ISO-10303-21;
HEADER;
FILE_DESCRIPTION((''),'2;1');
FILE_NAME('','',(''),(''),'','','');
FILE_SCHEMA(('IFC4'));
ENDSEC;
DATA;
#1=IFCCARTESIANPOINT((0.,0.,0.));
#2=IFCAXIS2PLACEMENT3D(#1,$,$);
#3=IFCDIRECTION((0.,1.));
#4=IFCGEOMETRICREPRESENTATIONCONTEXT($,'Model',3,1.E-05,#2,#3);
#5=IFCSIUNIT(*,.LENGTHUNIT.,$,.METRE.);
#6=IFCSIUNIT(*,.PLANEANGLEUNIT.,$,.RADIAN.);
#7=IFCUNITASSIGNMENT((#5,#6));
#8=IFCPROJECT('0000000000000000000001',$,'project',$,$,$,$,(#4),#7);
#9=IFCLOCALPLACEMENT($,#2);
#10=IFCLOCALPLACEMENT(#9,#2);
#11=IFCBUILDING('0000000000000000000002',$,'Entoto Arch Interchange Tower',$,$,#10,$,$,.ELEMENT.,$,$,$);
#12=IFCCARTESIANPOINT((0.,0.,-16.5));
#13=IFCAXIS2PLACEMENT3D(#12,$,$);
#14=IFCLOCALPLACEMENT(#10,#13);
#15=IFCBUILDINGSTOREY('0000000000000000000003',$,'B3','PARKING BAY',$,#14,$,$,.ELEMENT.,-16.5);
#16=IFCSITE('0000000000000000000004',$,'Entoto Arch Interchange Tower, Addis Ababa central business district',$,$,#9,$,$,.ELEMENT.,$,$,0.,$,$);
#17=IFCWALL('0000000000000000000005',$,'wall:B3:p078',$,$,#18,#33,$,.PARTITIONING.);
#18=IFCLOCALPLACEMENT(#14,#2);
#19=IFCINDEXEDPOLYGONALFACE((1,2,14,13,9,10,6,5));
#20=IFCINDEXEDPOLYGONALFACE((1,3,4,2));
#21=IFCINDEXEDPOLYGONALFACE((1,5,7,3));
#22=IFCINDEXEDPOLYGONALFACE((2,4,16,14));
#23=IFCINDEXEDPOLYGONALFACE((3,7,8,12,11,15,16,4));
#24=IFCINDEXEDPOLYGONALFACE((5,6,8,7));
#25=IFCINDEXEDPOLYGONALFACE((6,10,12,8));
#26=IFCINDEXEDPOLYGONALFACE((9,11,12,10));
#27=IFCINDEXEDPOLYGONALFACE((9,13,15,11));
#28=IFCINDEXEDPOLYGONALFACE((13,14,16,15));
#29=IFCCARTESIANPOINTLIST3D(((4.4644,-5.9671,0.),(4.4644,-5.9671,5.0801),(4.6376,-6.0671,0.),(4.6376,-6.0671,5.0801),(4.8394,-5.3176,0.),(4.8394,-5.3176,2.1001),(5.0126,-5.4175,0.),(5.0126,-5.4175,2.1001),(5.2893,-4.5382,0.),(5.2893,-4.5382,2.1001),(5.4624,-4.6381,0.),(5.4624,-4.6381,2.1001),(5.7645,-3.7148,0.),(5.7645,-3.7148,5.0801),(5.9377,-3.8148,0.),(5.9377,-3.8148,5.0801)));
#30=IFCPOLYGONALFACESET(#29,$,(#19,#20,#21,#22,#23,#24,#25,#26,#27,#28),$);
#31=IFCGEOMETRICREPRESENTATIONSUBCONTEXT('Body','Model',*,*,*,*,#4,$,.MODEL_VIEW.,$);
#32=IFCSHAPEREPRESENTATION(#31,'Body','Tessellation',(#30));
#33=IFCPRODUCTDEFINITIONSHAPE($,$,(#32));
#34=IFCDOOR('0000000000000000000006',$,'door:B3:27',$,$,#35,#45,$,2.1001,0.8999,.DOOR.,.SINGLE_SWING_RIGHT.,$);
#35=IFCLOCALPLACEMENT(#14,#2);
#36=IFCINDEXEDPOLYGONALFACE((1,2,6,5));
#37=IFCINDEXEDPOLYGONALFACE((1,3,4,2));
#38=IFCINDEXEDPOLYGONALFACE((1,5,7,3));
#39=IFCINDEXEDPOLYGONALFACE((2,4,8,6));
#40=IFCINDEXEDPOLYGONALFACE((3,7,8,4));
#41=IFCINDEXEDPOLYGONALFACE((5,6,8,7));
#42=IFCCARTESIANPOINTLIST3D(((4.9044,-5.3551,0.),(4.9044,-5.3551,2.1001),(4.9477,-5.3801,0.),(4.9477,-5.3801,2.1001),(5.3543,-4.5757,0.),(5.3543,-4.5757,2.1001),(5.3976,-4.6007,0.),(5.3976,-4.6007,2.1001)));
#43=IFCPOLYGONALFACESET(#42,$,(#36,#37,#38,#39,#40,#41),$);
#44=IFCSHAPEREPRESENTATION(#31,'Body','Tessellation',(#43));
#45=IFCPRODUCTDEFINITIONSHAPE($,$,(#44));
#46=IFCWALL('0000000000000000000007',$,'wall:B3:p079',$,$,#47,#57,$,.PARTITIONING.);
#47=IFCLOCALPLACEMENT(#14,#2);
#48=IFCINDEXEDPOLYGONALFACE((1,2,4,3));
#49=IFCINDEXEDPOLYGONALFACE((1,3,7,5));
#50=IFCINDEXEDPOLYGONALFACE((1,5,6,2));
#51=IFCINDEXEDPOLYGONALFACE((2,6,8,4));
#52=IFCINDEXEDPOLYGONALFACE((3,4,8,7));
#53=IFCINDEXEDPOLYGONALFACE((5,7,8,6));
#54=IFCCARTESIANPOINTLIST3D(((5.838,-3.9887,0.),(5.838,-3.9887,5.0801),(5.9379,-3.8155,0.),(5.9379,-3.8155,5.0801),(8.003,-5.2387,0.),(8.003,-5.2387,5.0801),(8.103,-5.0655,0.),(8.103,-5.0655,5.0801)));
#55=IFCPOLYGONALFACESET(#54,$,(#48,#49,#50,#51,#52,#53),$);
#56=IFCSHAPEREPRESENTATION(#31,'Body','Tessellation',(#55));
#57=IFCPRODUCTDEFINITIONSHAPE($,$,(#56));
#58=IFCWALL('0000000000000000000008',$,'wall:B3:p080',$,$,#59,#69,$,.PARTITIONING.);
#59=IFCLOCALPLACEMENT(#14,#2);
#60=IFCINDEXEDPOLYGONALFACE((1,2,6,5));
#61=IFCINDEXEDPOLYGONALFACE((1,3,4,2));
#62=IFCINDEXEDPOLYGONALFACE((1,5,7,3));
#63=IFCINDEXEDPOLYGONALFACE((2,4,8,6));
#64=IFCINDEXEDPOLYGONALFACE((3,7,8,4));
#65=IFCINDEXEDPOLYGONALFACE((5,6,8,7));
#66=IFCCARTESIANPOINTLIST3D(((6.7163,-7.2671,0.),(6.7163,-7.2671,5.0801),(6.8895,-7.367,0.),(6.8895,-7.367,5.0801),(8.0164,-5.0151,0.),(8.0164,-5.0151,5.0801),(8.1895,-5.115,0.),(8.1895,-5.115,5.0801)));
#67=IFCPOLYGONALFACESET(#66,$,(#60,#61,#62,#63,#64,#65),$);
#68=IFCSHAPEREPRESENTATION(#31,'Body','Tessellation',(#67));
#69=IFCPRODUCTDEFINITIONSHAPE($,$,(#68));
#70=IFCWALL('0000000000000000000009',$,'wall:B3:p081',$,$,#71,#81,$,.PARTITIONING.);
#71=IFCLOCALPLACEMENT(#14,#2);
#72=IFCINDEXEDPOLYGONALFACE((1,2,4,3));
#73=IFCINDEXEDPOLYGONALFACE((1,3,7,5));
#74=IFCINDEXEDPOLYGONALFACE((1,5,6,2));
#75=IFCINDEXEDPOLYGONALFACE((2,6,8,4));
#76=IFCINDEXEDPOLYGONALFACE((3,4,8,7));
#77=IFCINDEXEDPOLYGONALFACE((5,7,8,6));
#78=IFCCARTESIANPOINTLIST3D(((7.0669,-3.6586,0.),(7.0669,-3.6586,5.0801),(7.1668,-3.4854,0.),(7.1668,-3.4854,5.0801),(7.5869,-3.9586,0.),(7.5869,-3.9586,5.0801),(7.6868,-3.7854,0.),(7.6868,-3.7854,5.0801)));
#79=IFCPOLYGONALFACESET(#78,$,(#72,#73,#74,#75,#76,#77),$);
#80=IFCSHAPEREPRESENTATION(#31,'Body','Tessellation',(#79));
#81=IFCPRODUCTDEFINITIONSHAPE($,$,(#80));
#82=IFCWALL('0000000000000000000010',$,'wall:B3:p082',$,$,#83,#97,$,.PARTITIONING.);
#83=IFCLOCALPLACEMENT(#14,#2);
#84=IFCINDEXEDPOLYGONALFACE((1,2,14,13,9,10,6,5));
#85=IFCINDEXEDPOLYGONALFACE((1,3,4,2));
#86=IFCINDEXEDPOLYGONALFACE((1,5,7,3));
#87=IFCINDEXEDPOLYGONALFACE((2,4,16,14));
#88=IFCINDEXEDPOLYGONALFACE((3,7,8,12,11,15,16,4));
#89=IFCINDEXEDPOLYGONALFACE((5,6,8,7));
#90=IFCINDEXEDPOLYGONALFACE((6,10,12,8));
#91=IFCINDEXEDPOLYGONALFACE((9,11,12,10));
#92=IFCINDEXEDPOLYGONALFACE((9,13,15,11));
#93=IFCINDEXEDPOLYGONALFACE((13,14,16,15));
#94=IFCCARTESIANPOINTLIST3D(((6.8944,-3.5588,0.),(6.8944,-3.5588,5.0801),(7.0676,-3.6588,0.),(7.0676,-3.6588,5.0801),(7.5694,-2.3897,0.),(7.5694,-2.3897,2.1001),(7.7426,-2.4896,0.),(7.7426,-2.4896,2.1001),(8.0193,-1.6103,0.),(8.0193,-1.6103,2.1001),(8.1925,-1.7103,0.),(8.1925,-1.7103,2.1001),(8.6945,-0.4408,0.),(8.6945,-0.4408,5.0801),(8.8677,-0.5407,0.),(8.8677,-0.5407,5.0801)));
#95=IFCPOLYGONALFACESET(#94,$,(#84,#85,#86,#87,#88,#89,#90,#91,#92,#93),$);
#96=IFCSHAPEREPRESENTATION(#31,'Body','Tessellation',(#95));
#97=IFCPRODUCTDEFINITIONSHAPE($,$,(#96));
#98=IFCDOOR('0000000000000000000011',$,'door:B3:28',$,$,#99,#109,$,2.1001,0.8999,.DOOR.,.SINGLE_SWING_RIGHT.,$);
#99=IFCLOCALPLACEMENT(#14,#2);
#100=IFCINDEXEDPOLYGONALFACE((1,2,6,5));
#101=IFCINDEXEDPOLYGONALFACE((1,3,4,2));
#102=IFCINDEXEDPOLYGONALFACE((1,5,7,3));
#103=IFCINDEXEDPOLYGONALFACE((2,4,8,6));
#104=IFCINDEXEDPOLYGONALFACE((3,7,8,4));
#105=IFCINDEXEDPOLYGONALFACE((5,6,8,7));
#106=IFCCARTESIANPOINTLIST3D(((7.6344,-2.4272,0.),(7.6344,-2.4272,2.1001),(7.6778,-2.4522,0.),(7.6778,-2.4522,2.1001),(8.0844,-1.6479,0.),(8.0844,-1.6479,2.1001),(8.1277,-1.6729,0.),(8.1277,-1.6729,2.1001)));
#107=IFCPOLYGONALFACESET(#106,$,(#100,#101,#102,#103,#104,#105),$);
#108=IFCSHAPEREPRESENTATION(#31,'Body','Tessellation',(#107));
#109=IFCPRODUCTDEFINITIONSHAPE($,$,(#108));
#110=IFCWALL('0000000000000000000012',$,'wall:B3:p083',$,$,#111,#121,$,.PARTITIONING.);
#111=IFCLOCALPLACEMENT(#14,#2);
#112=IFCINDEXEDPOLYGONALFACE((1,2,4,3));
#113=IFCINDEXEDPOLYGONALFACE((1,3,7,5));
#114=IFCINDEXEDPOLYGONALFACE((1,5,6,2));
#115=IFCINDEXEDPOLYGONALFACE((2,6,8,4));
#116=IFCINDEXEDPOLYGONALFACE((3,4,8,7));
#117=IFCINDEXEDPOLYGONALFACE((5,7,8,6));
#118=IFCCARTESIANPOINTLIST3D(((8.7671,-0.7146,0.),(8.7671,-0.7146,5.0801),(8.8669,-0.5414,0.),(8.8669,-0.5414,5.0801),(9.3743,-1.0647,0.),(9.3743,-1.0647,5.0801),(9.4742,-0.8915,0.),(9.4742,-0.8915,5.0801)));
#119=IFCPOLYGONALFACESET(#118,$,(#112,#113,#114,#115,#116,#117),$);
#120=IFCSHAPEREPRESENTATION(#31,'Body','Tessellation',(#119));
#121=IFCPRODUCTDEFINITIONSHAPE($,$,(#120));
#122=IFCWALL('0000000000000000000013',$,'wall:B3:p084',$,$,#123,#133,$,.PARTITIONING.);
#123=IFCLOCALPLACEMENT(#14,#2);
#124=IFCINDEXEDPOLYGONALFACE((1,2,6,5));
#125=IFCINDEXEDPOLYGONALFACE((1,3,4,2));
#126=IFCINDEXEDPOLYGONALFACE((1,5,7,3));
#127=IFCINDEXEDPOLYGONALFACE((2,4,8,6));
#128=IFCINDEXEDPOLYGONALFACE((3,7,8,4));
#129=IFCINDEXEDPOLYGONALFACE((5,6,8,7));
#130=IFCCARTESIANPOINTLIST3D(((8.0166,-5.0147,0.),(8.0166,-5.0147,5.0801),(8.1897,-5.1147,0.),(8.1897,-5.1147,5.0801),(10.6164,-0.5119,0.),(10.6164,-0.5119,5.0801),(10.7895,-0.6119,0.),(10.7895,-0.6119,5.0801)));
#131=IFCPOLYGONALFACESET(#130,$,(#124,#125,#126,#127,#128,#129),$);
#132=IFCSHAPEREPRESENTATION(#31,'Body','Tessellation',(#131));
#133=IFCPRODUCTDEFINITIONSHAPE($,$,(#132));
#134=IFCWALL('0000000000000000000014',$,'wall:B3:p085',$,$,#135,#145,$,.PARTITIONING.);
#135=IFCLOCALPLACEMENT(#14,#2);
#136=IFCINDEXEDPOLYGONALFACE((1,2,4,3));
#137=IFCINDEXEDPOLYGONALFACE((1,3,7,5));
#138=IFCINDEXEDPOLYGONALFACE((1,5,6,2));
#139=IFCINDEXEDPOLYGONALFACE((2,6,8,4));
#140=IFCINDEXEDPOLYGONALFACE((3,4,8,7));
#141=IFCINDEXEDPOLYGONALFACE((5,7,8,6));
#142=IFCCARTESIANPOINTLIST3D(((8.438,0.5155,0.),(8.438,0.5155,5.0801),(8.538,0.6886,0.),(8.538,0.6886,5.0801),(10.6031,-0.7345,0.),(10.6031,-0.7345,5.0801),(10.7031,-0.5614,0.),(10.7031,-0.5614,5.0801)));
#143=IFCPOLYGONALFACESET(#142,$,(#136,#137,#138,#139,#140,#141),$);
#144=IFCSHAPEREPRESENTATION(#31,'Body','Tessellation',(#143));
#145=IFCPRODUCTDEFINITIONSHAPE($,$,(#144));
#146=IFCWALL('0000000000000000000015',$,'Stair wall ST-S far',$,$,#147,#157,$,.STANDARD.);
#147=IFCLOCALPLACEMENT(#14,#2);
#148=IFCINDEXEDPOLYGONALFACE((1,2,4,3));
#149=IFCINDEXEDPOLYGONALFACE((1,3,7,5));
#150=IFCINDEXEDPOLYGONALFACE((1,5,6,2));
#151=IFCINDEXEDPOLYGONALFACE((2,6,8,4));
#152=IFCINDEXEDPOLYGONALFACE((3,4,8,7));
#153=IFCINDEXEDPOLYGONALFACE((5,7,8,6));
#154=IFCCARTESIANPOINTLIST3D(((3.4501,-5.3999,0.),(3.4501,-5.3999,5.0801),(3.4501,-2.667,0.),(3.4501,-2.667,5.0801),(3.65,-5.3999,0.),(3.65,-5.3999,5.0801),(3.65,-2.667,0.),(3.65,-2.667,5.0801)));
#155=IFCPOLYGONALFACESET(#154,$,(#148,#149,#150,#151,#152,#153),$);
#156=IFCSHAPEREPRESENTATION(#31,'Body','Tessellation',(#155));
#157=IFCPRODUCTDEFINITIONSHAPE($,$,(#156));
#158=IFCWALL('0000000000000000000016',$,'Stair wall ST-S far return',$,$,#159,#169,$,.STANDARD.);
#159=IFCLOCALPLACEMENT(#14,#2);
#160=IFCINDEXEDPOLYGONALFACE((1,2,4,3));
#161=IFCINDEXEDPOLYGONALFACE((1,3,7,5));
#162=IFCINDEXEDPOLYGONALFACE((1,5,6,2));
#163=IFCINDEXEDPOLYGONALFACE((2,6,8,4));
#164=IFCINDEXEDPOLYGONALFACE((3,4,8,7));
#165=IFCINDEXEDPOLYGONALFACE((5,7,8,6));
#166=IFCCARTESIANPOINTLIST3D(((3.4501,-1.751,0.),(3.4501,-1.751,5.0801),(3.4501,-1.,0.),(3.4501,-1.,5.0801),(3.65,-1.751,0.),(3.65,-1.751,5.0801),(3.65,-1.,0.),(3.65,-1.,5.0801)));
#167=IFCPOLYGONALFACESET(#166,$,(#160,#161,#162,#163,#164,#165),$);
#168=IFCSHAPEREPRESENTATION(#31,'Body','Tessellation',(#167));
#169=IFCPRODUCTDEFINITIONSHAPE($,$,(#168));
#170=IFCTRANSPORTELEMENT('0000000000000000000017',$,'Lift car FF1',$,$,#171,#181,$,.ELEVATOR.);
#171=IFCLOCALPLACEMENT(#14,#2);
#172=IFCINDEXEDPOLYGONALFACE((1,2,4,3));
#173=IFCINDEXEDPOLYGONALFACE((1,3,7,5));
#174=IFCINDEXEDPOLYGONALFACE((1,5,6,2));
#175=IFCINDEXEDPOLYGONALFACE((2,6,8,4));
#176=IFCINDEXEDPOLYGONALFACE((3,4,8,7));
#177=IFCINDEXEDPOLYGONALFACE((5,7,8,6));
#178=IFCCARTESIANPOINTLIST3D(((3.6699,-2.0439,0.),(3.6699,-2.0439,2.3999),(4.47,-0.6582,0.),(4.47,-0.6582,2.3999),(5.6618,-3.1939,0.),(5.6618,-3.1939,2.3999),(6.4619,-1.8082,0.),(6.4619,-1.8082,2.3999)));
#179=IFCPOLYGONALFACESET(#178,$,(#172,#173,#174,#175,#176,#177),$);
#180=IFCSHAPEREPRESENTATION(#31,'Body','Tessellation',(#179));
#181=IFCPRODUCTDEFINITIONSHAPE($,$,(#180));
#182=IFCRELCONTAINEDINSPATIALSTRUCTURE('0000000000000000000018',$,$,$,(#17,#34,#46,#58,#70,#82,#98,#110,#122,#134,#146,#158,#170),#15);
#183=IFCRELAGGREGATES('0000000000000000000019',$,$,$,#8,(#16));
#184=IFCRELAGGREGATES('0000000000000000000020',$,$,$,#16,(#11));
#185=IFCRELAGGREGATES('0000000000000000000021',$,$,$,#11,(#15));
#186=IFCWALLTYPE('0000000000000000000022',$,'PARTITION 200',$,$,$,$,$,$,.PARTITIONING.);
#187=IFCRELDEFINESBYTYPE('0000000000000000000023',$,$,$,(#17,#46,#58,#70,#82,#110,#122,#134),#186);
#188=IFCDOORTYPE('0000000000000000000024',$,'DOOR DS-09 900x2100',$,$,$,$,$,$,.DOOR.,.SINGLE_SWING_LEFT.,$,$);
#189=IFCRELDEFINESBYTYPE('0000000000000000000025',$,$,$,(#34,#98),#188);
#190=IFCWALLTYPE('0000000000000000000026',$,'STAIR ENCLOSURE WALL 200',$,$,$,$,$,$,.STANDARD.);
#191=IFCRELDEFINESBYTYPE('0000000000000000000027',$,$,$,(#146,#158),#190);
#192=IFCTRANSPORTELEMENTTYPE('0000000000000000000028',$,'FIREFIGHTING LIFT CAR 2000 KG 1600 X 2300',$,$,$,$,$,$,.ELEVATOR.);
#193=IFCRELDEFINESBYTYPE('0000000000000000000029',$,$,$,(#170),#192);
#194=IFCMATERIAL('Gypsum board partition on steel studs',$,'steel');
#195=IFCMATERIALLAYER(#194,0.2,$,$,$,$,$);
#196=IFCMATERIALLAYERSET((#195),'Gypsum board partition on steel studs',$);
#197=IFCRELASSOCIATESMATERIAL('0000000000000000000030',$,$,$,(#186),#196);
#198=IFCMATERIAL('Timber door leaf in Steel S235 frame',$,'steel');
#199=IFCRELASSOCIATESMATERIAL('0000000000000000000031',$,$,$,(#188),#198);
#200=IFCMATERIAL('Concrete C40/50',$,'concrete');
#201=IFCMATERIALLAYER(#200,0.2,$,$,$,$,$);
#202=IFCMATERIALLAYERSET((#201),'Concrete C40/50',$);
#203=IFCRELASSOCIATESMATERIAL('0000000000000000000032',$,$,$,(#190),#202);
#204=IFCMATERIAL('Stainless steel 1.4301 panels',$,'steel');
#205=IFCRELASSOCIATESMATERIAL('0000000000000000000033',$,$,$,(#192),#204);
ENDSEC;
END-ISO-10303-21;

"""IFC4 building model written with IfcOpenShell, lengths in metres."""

from ifc_helpers import new_model, si_unit, direction, frame, frame_2d, origin, origin_2d, place, context, subcontext, project, spatial, rectangle, extrude, material, layer, layer_set, type_object, element, fill, save


model = new_model("IFC4")

# Units and contexts
model_context = context("Model", 3, precision=1e-05, world=origin(), true_north=direction((0.0, 1.0)))
body_context = subcontext(model_context, "Body", "Model", "MODEL_VIEW")
ifc_project = project(units=[si_unit("LENGTHUNIT", "METRE"), si_unit("PLANEANGLEUNIT", "RADIAN")], contexts=[model_context])

# Site, building, storey
site_placement = place(None, origin())
site = spatial("IfcSite", under=ifc_project, at=site_placement, Name="Entoto Arch Interchange Tower, Addis Ababa central business district", CompositionType="ELEMENT", RefElevation=0.0)
building_placement = place(site_placement, origin())
building = spatial("IfcBuilding", under=site, at=building_placement, Name="Entoto Arch Interchange Tower", CompositionType="ELEMENT")
storey_placement = place(building_placement, frame((0.0, 0.0, -16.5)))
storey = spatial("IfcBuildingStorey", under=building, at=storey_placement, Name="B3", Description="PARKING BAY", CompositionType="ELEMENT", Elevation=-16.5)

# Shared definitions
ifc_material_1 = material(Name="Concrete C40/50", Category="concrete")
ifc_material_2 = material(Name="Stainless steel 1.4301 panels", Category="steel")

# Wall, opening, door
ifc_material_3 = material(Name="Gypsum board partition on steel studs", Category="steel")
ifc_layer_1 = layer(ifc_material_3, 0.2)
ifc_layer_set_1 = layer_set([ifc_layer_1], Name="Gypsum board partition on steel studs")
wall_type_1 = type_object("IfcWallType", Name="PARTITION 200", PredefinedType="PARTITIONING", material=ifc_layer_set_1)
ifc_material_4 = material(Name="Timber door leaf in Steel S235 frame", Category="steel")
wall_1_placement = place(storey_placement, frame((4.551, -6.0171, 0.0), z_axis=(0.0, 0.0, 1.0), x_axis=(0.499926, 0.866068, 0.0)))
wall_1 = element("IfcWall", 1, at=wall_1_placement, inside=storey, type_object=wall_type_1, Name="wall:B3:p078", PredefinedType="PARTITIONING", context=body_context, shape_type="SweptSolid", body=[
    extrude(rectangle(XDim=2.6006, YDim=0.2, at=frame_2d((1.3003, 0.0))), origin(), (0.0, 0.0, 1.0), 5.0801),
])
opening_1_placement = place(wall_1_placement, frame((0.75, 0.0, 0.0)))
opening_1 = element("IfcOpeningElement", 2, at=opening_1_placement, cuts=wall_1, PredefinedType="OPENING", context=body_context, shape_type="SweptSolid", body=[
    extrude(rectangle(XDim=0.8999, YDim=2.1001, at=frame_2d((0.45, 1.05))), frame((0.0, 0.1099, 0.0), z_axis=(0.0, -1.0, 0.0), x_axis=(1.0, 0.0, 0.0)), (0.0, 0.0, 1.0), 0.22),
])
door_type_1 = type_object("IfcDoorType", Name="DOOR DS-09 900x2100", OperationType="SINGLE_SWING_LEFT", PredefinedType="DOOR", material=ifc_material_4)
door_1_placement = place(opening_1_placement, origin())
door_1 = element("IfcDoor", 3, at=door_1_placement, inside=storey, type_object=door_type_1, Name="door:B3:27", OperationType="SINGLE_SWING_RIGHT", OverallHeight=2.1001, OverallWidth=0.8999, PredefinedType="DOOR", context=body_context, shape_type="SweptSolid", body=[
    extrude(rectangle(XDim=0.8999, YDim=2.1001, at=frame_2d((0.45, 1.05))), frame((0.0, 0.0249, 0.0), z_axis=(0.0, -1.0, 0.0), x_axis=(1.0, 0.0, 0.0)), (0.0, 0.0, 1.0), 0.05),
])
fill(opening_1, door_1)

# Walls
wall_2_placement = place(storey_placement, frame((5.8879, -3.9021, 0.0), z_axis=(0.0, 0.0, 1.0), x_axis=(0.866023, -0.500004, 0.0)))
element("IfcWall", 4, at=wall_2_placement, inside=storey, type_object=wall_type_1, Name="wall:B3:p079", PredefinedType="PARTITIONING", context=body_context, shape_type="SweptSolid", body=[
    extrude(rectangle(XDim=2.5, YDim=0.2, at=frame_2d((1.25, 0.0))), origin(), (0.0, 0.0, 1.0), 5.0801),
])
wall_3_placement = place(storey_placement, frame((8.103, -5.0649, 0.0), z_axis=(0.0, 0.0, 1.0), x_axis=(-0.499966, -0.866045, 0.0)))
element("IfcWall", 5, at=wall_3_placement, inside=storey, type_object=wall_type_1, Name="wall:B3:p080", PredefinedType="PARTITIONING", context=body_context, shape_type="SweptSolid", body=[
    extrude(rectangle(XDim=2.6003, YDim=0.2, at=frame_2d((1.3003, 0.0))), origin(), (0.0, 0.0, 1.0), 5.0801),
])
wall_4_placement = place(storey_placement, frame((7.637, -3.8721, 0.0), z_axis=(0.0, 0.0, 1.0), x_axis=(-0.866159, 0.499769, 0.0)))
element("IfcWall", 6, at=wall_4_placement, inside=storey, type_object=wall_type_1, Name="wall:B3:p081", PredefinedType="PARTITIONING", context=body_context, shape_type="SweptSolid", body=[
    extrude(rectangle(XDim=0.6003, YDim=0.2, at=frame_2d((0.3003, 0.0))), origin(), (0.0, 0.0, 1.0), 5.0801),
])

# Wall, opening, door
wall_5_placement = place(storey_placement, frame((6.981, -3.6089, 0.0), z_axis=(0.0, 0.0, 1.0), x_axis=(0.499983, 0.866035, 0.0)))
wall_5 = element("IfcWall", 7, at=wall_5_placement, inside=storey, type_object=wall_type_1, Name="wall:B3:p082", PredefinedType="PARTITIONING", context=body_context, shape_type="SweptSolid", body=[
    extrude(rectangle(XDim=3.6003, YDim=0.2, at=frame_2d((1.8003, 0.0))), origin(), (0.0, 0.0, 1.0), 5.0801),
])
opening_2_placement = place(wall_5_placement, frame((1.3501, 0.0, 0.0)))
opening_2 = element("IfcOpeningElement", 8, at=opening_2_placement, cuts=wall_5, PredefinedType="OPENING", context=body_context, shape_type="SweptSolid", body=[
    extrude(rectangle(XDim=0.8999, YDim=2.1001, at=frame_2d((0.45, 1.05))), frame((0.0, 0.1099, 0.0), z_axis=(0.0, -1.0, 0.0), x_axis=(1.0, 0.0, 0.0)), (0.0, 0.0, 1.0), 0.22),
])
door_2_placement = place(opening_2_placement, origin())
door_2 = element("IfcDoor", 9, at=door_2_placement, inside=storey, type_object=door_type_1, Name="door:B3:28", OperationType="SINGLE_SWING_RIGHT", OverallHeight=2.1001, OverallWidth=0.8999, PredefinedType="DOOR", context=body_context, shape_type="SweptSolid", body=[
    extrude(rectangle(XDim=0.8999, YDim=2.1001, at=frame_2d((0.45, 1.05))), frame((0.0, 0.0249, 0.0), z_axis=(0.0, -1.0, 0.0), x_axis=(1.0, 0.0, 0.0)), (0.0, 0.0, 1.0), 0.05),
])
fill(opening_2, door_2)

# Walls
wall_6_placement = place(storey_placement, frame((8.8169, -0.6279, 0.0), z_axis=(0.0, 0.0, 1.0), x_axis=(0.866307, -0.499511, 0.0)))
element("IfcWall", 10, at=wall_6_placement, inside=storey, type_object=wall_type_1, Name="wall:B3:p083", PredefinedType="PARTITIONING", context=body_context, shape_type="SweptSolid", body=[
    extrude(rectangle(XDim=0.7009, YDim=0.2, at=frame_2d((0.3506, 0.0))), origin(), (0.0, 0.0, 1.0), 5.0801),
])
wall_7_placement = place(storey_placement, frame((10.7029, -0.562, 0.0), z_axis=(0.0, 0.0, 1.0), x_axis=(-0.500012, -0.866018, 0.0)))
element("IfcWall", 11, at=wall_7_placement, inside=storey, type_object=wall_type_1, Name="wall:B3:p084", PredefinedType="PARTITIONING", context=body_context, shape_type="SweptSolid", body=[
    extrude(rectangle(XDim=5.1995, YDim=0.2, at=frame_2d((2.5996, 0.0))), origin(), (0.0, 0.0, 1.0), 5.0801),
])
wall_8_placement = place(storey_placement, frame((10.6531, -0.6479, 0.0), z_axis=(0.0, 0.0, 1.0), x_axis=(-0.866023, 0.500004, 0.0)))
element("IfcWall", 12, at=wall_8_placement, inside=storey, type_object=wall_type_1, Name="wall:B3:p085", PredefinedType="PARTITIONING", context=body_context, shape_type="SweptSolid", body=[
    extrude(rectangle(XDim=2.5, YDim=0.2, at=frame_2d((1.25, 0.0))), origin(), (0.0, 0.0, 1.0), 5.0801),
])
ifc_layer_2 = layer(ifc_material_1, 0.2)
ifc_layer_set_2 = layer_set([ifc_layer_2], Name="Concrete C40/50")
wall_type_2 = type_object("IfcWallType", Name="STAIR ENCLOSURE WALL 200", PredefinedType="STANDARD", material=ifc_layer_set_2)
wall_9_placement = place(storey_placement, frame((3.55, -2.667, 0.0), z_axis=(0.0, 0.0, 1.0), x_axis=(0.0, -1.0, 0.0)))
element("IfcWall", 13, at=wall_9_placement, inside=storey, type_object=wall_type_2, Name="Stair wall ST-S far", PredefinedType="STANDARD", context=body_context, shape_type="SweptSolid", body=[
    extrude(rectangle(XDim=2.7329, YDim=0.2, at=frame_2d((1.3665, 0.0))), origin(), (0.0, 0.0, 1.0), 5.0801),
])
wall_10_placement = place(storey_placement, frame((3.55, -1.0, 0.0), z_axis=(0.0, 0.0, 1.0), x_axis=(0.0, -1.0, 0.0)))
element("IfcWall", 14, at=wall_10_placement, inside=storey, type_object=wall_type_2, Name="Stair wall ST-S far return", PredefinedType="STANDARD", context=body_context, shape_type="SweptSolid", body=[
    extrude(rectangle(XDim=0.751, YDim=0.2, at=frame_2d((0.3755, 0.0))), origin(), (0.0, 0.0, 1.0), 5.0801),
])

# Transport element
transport_element_type = type_object("IfcTransportElementType", Name="FIREFIGHTING LIFT CAR 2000 KG 1600 X 2300", PredefinedType="ELEVATOR", material=ifc_material_2)
transport_element_placement = place(storey_placement, frame((5.0659, -1.926, 0.0), z_axis=(0.0, 0.0, 1.0), x_axis=(-0.5, -0.866025, 0.0)))
element("IfcTransportElement", 15, at=transport_element_placement, inside=storey, type_object=transport_element_type, Name="Lift car FF1", PredefinedType="ELEVATOR", context=body_context, shape_type="SweptSolid", body=[
    extrude(rectangle(XDim=1.6001, YDim=2.3, at=origin_2d()), origin(), (0.0, 0.0, 1.0), 2.3999),
])

save(model, "model.ifc")
